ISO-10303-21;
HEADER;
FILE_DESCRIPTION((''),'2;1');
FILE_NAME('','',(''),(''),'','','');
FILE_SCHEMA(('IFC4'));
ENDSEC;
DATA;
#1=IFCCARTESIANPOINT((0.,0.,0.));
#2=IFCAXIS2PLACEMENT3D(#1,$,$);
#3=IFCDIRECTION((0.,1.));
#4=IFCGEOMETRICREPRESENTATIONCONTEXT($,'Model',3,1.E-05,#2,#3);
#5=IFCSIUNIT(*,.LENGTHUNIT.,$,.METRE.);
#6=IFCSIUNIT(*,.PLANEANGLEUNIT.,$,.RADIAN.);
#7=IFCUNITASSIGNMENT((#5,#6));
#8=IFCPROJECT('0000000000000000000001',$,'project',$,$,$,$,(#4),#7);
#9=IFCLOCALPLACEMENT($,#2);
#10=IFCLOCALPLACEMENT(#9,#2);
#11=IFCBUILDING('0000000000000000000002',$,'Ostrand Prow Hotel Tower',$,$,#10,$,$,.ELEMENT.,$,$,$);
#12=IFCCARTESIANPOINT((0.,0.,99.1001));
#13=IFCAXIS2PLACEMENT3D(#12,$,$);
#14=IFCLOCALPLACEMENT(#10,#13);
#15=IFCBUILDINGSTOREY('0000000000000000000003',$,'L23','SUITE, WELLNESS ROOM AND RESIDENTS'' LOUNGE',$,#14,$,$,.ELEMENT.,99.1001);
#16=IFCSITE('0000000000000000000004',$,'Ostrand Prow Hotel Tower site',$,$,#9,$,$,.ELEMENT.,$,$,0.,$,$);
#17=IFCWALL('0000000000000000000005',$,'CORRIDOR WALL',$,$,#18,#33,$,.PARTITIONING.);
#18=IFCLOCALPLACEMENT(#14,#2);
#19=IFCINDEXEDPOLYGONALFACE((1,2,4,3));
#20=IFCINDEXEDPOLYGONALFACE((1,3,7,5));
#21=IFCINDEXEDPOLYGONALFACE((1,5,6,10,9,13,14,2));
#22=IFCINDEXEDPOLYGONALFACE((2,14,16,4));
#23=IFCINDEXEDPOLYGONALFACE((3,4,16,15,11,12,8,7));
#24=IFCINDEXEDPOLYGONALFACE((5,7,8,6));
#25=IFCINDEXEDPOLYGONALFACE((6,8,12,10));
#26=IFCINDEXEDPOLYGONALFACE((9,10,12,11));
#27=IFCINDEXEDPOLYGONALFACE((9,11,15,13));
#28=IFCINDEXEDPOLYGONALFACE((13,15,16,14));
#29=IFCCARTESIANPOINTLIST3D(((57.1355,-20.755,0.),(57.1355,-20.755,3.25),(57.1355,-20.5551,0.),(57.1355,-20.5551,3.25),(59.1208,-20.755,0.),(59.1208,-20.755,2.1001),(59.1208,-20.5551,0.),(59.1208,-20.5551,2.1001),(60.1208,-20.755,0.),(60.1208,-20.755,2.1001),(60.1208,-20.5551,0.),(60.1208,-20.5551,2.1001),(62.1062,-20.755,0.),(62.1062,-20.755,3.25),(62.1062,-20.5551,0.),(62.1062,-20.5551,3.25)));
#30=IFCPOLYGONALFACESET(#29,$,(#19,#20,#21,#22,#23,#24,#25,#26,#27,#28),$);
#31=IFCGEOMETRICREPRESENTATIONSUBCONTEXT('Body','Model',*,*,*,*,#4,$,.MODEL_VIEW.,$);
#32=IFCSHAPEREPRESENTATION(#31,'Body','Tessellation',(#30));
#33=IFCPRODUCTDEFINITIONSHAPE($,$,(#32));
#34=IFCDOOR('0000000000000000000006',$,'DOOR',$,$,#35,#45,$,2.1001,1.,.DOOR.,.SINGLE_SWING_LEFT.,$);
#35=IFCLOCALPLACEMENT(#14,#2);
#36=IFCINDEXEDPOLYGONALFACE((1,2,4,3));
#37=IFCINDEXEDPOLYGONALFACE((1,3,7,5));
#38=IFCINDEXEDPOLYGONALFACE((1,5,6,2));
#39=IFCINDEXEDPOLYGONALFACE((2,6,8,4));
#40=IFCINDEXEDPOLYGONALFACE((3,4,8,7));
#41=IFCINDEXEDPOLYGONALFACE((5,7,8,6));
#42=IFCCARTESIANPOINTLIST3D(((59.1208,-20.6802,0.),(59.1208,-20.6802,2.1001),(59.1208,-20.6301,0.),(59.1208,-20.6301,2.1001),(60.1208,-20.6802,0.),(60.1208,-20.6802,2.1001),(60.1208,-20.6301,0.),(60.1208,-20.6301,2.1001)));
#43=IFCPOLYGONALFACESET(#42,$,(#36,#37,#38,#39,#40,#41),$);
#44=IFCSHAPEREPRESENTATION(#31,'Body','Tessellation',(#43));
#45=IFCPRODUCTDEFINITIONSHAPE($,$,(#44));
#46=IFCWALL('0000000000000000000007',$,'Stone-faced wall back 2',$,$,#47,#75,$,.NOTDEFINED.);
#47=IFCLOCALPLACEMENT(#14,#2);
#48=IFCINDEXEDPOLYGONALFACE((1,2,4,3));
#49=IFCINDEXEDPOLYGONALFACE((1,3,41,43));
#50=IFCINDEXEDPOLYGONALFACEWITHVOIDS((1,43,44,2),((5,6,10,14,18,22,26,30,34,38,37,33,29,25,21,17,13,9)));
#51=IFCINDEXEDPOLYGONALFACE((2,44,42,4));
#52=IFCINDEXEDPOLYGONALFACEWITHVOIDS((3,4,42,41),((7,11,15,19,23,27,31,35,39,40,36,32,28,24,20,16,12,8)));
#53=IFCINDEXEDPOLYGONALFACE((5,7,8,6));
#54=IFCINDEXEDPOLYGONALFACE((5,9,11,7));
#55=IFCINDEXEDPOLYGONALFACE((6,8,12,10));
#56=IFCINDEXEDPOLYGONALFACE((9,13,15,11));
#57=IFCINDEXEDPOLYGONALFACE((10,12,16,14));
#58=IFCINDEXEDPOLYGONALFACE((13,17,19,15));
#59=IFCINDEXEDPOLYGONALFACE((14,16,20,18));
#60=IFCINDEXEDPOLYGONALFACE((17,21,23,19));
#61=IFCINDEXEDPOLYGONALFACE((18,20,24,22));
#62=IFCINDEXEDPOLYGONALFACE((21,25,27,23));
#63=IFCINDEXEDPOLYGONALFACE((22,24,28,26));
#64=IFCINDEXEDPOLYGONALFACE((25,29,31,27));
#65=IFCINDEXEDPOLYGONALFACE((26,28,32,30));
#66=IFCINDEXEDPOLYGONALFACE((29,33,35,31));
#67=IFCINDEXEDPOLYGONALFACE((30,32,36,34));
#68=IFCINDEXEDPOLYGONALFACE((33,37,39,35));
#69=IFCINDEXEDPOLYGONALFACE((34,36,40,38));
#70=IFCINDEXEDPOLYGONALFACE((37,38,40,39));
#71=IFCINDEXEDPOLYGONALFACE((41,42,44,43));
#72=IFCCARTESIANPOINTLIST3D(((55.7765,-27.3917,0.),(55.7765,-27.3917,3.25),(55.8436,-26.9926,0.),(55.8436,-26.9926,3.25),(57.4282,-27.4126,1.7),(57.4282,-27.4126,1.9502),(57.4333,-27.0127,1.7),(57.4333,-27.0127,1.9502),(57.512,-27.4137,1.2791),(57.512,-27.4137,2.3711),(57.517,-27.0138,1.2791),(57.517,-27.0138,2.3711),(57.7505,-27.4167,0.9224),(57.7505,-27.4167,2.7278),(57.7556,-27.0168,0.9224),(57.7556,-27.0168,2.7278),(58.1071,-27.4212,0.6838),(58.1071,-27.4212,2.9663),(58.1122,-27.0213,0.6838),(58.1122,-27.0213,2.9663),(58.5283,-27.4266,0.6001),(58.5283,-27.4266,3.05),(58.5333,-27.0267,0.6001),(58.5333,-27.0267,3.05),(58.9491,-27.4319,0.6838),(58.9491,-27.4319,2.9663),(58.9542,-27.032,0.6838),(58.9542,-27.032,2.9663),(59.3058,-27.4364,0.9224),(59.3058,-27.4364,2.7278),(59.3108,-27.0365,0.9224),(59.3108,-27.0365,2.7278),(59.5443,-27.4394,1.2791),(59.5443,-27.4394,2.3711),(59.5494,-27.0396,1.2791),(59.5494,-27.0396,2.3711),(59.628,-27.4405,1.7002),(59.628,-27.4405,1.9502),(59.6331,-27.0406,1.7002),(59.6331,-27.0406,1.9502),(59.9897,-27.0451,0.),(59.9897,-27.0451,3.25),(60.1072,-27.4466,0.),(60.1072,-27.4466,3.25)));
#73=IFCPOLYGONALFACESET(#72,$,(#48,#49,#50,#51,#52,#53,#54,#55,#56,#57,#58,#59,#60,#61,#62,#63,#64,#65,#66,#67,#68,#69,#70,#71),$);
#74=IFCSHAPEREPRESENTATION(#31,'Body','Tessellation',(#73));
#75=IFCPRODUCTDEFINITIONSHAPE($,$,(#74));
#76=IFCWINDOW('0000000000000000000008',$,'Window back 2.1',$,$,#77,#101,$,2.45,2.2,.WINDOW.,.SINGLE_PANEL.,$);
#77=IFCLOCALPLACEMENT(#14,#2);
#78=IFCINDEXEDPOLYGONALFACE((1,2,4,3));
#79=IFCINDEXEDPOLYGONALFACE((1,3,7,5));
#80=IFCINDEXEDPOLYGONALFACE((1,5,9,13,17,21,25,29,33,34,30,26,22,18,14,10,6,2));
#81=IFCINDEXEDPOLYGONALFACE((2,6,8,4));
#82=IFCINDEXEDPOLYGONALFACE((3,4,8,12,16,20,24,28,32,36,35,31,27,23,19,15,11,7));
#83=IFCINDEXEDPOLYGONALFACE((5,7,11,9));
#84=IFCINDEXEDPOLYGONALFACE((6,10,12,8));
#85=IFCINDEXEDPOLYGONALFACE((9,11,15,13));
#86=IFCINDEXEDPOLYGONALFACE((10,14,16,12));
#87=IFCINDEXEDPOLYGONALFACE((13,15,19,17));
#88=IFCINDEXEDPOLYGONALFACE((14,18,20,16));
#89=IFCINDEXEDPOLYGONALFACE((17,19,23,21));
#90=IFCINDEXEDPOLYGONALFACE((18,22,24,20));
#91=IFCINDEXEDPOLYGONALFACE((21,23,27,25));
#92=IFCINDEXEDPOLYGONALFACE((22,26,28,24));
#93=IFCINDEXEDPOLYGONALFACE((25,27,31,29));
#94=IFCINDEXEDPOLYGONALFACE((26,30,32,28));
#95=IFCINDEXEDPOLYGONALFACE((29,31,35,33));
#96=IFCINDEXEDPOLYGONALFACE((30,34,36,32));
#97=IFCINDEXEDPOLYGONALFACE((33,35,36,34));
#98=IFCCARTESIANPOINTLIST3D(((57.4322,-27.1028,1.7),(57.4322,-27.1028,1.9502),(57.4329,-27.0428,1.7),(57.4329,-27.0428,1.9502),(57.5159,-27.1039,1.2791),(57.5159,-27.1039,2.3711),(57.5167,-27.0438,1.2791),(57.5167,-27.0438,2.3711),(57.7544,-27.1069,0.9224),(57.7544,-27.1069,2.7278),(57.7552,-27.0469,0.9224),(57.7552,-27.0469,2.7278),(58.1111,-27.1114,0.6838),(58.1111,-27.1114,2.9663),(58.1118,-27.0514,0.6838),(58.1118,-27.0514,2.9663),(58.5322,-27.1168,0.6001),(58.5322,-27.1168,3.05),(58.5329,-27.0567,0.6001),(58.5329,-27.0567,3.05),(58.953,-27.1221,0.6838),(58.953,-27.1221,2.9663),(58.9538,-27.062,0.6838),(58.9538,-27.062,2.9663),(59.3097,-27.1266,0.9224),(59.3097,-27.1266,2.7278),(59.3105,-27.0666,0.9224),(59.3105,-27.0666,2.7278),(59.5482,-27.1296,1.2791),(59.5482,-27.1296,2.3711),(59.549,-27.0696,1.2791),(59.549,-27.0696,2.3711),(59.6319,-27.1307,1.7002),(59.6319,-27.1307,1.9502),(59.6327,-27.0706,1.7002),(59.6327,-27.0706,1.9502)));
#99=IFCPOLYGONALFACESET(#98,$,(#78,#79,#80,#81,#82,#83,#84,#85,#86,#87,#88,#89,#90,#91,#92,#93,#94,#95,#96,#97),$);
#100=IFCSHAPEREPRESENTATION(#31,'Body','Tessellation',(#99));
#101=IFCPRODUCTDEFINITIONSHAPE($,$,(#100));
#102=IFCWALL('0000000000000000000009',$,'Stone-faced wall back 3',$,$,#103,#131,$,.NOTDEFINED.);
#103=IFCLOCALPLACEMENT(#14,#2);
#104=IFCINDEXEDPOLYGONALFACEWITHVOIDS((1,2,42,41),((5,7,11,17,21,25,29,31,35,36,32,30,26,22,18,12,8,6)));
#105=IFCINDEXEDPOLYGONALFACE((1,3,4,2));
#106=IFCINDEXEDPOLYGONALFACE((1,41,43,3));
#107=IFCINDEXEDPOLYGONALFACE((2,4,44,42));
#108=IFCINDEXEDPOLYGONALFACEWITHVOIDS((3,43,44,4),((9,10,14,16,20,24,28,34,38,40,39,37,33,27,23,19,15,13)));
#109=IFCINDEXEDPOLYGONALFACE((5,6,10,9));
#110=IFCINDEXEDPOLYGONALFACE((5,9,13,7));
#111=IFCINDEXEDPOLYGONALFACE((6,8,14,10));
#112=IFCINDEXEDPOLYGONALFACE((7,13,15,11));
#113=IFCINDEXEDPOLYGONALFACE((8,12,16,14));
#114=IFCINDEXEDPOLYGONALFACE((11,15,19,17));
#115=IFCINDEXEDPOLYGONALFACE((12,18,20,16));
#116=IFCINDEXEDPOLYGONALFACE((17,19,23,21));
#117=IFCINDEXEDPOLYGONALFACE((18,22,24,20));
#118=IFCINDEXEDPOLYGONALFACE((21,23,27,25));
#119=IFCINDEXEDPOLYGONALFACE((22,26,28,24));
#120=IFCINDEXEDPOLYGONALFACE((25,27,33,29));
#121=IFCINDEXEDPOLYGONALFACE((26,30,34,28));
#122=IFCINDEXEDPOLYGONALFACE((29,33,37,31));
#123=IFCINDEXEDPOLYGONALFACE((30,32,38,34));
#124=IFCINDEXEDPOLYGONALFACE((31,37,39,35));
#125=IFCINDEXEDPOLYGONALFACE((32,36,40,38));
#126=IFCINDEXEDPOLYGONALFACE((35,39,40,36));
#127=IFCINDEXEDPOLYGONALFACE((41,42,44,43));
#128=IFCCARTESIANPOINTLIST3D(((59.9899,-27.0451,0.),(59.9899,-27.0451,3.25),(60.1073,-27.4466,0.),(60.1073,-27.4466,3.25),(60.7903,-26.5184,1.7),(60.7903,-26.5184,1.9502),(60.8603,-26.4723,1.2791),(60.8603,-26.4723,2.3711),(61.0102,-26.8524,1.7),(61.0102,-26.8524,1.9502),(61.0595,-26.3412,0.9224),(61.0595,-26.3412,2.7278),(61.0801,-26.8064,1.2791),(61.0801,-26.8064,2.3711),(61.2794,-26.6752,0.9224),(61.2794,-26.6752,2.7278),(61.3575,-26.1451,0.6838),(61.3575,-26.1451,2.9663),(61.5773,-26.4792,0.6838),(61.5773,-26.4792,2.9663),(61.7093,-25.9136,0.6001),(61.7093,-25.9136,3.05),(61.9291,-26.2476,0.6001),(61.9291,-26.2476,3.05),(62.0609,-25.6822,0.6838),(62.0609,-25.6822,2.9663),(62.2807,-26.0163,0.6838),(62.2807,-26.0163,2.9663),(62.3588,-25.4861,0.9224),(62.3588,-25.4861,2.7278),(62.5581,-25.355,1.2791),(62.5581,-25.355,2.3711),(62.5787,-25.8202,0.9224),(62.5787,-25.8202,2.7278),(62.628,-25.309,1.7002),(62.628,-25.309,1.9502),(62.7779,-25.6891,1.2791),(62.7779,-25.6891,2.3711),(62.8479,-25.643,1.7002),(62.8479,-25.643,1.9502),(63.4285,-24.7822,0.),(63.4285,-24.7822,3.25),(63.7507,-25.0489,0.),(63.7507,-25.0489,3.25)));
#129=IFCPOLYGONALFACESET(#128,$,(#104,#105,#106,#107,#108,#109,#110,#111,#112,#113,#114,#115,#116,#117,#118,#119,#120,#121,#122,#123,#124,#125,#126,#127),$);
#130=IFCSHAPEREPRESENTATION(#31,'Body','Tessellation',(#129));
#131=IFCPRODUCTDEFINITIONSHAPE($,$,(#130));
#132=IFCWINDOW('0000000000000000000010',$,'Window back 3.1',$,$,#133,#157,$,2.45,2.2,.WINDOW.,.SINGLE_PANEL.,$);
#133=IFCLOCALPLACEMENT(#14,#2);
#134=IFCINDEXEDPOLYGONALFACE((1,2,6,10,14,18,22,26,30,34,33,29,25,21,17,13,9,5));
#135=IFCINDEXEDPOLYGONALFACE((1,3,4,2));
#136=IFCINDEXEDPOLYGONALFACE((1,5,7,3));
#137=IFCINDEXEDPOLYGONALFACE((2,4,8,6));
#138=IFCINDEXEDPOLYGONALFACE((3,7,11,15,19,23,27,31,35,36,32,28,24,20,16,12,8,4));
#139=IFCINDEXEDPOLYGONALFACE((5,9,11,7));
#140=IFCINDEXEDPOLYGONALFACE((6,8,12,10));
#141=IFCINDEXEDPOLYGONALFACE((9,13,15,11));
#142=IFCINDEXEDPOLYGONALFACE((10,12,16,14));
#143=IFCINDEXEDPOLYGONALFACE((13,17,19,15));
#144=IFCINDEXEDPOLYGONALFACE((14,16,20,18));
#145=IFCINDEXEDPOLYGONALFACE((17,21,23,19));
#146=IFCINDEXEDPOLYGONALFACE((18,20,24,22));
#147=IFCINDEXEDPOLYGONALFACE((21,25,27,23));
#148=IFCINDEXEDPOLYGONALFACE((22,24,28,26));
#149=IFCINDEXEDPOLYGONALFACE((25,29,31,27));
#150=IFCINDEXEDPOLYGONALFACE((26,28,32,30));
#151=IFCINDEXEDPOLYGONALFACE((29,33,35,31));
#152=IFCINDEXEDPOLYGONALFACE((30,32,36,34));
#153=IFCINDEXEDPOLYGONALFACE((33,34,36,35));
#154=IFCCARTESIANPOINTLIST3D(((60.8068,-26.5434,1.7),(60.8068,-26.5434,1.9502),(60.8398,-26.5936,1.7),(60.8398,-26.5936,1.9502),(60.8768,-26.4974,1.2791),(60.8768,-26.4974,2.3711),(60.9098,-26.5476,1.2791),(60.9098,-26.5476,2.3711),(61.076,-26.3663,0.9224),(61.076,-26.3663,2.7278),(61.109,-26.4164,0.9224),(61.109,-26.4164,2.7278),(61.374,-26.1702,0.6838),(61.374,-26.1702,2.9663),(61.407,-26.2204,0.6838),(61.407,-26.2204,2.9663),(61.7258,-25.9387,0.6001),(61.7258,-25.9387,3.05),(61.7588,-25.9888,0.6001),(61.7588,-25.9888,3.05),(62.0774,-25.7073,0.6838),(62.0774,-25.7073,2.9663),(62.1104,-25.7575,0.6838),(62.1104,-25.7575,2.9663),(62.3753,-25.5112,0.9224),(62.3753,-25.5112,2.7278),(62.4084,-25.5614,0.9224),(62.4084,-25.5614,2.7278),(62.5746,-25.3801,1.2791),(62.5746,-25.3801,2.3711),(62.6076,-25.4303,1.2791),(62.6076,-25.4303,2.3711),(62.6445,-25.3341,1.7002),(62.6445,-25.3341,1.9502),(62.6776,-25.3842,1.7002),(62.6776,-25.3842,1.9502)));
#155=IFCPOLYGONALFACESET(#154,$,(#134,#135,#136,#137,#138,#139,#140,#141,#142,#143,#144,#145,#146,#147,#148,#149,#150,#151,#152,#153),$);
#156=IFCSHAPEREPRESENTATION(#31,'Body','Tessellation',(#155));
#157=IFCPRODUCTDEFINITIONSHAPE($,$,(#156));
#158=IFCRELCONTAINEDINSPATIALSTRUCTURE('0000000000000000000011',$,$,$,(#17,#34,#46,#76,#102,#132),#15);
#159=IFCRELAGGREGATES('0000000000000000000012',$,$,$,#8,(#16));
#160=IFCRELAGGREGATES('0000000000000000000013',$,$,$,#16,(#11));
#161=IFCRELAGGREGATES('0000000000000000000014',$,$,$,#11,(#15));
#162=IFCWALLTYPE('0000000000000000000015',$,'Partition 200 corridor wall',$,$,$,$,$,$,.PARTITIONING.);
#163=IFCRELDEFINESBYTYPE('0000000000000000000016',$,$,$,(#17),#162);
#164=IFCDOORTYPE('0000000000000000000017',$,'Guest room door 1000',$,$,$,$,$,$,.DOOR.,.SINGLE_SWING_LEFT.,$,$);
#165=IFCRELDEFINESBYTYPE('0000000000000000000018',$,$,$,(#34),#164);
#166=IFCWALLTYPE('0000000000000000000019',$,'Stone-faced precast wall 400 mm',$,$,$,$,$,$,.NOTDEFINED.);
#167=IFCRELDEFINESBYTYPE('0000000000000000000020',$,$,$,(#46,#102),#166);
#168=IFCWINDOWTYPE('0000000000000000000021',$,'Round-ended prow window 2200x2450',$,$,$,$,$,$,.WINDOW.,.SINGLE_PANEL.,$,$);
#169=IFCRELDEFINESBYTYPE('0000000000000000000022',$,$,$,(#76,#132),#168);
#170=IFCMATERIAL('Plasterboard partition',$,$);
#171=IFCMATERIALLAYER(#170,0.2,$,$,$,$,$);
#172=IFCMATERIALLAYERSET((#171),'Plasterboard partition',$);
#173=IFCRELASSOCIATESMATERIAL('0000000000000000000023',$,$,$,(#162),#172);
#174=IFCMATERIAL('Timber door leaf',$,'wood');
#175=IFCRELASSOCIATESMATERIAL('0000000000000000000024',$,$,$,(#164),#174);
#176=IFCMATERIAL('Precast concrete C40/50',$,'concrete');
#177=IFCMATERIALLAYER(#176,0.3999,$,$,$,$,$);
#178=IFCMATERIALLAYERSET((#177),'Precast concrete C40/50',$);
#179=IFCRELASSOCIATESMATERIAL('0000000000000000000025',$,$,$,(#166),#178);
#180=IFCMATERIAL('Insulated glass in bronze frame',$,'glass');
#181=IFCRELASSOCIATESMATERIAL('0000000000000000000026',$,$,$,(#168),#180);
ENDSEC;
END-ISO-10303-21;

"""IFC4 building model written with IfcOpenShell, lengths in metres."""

from ifc_helpers import new_model, si_unit, direction, frame, frame_2d, origin, place, context, subcontext, project, spatial, polyline, rectangle, outline, extrude, material, layer, layer_set, type_object, element, fill, save


model = new_model("IFC4")

# Units and contexts
model_context = context("Model", 3, precision=1e-05, world=origin(), true_north=direction((0.0, 1.0)))
body_context = subcontext(model_context, "Body", "Model", "MODEL_VIEW")
ifc_project = project(units=[si_unit("LENGTHUNIT", "METRE"), si_unit("PLANEANGLEUNIT", "RADIAN")], contexts=[model_context])

# Site, building, storey
site_placement = place(None, origin())
site = spatial("IfcSite", under=ifc_project, at=site_placement, Name="Ostrand Prow Hotel Tower site", CompositionType="ELEMENT", RefElevation=0.0)
building_placement = place(site_placement, origin())
building = spatial("IfcBuilding", under=site, at=building_placement, Name="Ostrand Prow Hotel Tower", CompositionType="ELEMENT")
storey_placement = place(building_placement, frame((0.0, 0.0, 99.1001)))
storey = spatial("IfcBuildingStorey", under=building, at=storey_placement, Name="L23", Description="SUITE, WELLNESS ROOM AND RESIDENTS' LOUNGE", CompositionType="ELEMENT", Elevation=99.1001)

# Wall, opening, door
ifc_material_1 = material(Name="Plasterboard partition")
ifc_layer_1 = layer(ifc_material_1, 0.2)
ifc_layer_set_1 = layer_set([ifc_layer_1], Name="Plasterboard partition")
wall_type_1 = type_object("IfcWallType", Name="Partition 200 corridor wall", PredefinedType="PARTITIONING", material=ifc_layer_set_1)
wall_1_placement = place(storey_placement, frame((57.1355, -20.655, 0.0), z_axis=(0.0, 0.0, 1.0), x_axis=(1.0, 0.0, 0.0)))
wall_1 = element("IfcWall", 1, at=wall_1_placement, inside=storey, type_object=wall_type_1, Name="CORRIDOR WALL", PredefinedType="PARTITIONING", context=body_context, shape_type="SweptSolid", body=[
    extrude(rectangle(XDim=4.9707, YDim=0.2, at=frame_2d((2.4854, 0.0))), origin(), (0.0, 0.0, 1.0), 3.25),
])
opening_1_placement = place(wall_1_placement, frame((1.9854, 0.0, 0.0)))
opening_1 = element("IfcOpeningElement", 2, at=opening_1_placement, cuts=wall_1, PredefinedType="OPENING", context=body_context, shape_type="SweptSolid", body=[
    extrude(rectangle(XDim=1.0, YDim=2.1001, at=frame_2d((0.5, 1.05))), frame((0.0, 0.1099, 0.0), z_axis=(0.0, -1.0, 0.0), x_axis=(1.0, 0.0, 0.0)), (0.0, 0.0, 1.0), 0.22),
])
ifc_material_2 = material(Name="Timber door leaf", Category="wood")
door_type_1 = type_object("IfcDoorType", Name="Guest room door 1000", OperationType="SINGLE_SWING_LEFT", PredefinedType="DOOR", material=ifc_material_2)
door_1_placement = place(opening_1_placement, origin())
door_1 = element("IfcDoor", 3, at=door_1_placement, inside=storey, type_object=door_type_1, Name="DOOR", OperationType="SINGLE_SWING_LEFT", OverallHeight=2.1001, OverallWidth=1.0, PredefinedType="DOOR", context=body_context, shape_type="SweptSolid", body=[
    extrude(rectangle(XDim=1.0, YDim=2.1001, at=frame_2d((0.5, 1.05))), frame((0.0, 0.0249, 0.0), z_axis=(0.0, -1.0, 0.0), x_axis=(1.0, 0.0, 0.0)), (0.0, 0.0, 1.0), 0.05),
])
fill(opening_1, door_1)

# Walls, openings, windows
ifc_material_3 = material(Name="Precast concrete C40/50", Category="concrete")
ifc_layer_2 = layer(ifc_material_3, 0.3999)
ifc_layer_set_2 = layer_set([ifc_layer_2], Name="Precast concrete C40/50")
wall_type_2 = type_object("IfcWallType", Name="Stone-faced precast wall 400 mm", PredefinedType="NOTDEFINED", material=ifc_layer_set_2)
wall_2_placement = place(storey_placement, frame((55.8101, -27.1921, 0.0), z_axis=(0.0, 0.0, 1.0), x_axis=(0.99992, -0.012671, 0.0)))
wall_2 = element("IfcWall", 4, at=wall_2_placement, inside=storey, type_object=wall_type_2, Name="Stone-faced wall back 2", PredefinedType="NOTDEFINED", context=body_context, shape_type="SweptSolid", body=[
    extrude(outline(polyline([(-0.031, -0.2), (4.3, -0.2), (4.1775, 0.2), (0.031, 0.2), (-0.031, -0.2)])), origin(), (0.0, 0.0, 1.0), 3.25),
])
opening_2_placement = place(wall_2_placement, frame((1.6208, 0.0, 0.6001)))
opening_2 = element("IfcOpeningElement", 5, at=opening_2_placement, cuts=wall_2, PredefinedType="OPENING", context=body_context, shape_type="SweptSolid", body=[
    extrude(outline(polyline([(0.0, 1.3501), (0.0837, 1.771), (0.3223, 2.1277), (0.679, 2.3662), (1.1001, 2.45), (1.521, 2.3662), (1.8777, 2.1277), (2.1162, 1.771), (2.2, 1.3501), (2.2, 1.1001), (2.1162, 0.679), (1.8777, 0.3223), (1.521, 0.0837), (1.1001, 0.0), (0.679, 0.0837), (0.3223, 0.3223), (0.0837, 0.679), (0.0, 1.0999), (0.0, 1.3501)])), frame((0.0, 0.21, 0.0), z_axis=(0.0, -1.0, 0.0), x_axis=(1.0, 0.0, 0.0)), (0.0, 0.0, 1.0), 0.4199),
])
ifc_material_4 = material(Name="Insulated glass in bronze frame", Category="glass")
window_type_1 = type_object("IfcWindowType", Name="Round-ended prow window 2200x2450", PartitioningType="SINGLE_PANEL", PredefinedType="WINDOW", material=ifc_material_4)
window_1_placement = place(opening_2_placement, origin())
window_1 = element("IfcWindow", 6, at=window_1_placement, inside=storey, type_object=window_type_1, Name="Window back 2.1", OverallHeight=2.45, OverallWidth=2.2, PartitioningType="SINGLE_PANEL", PredefinedType="WINDOW", context=body_context, shape_type="SweptSolid", body=[
    extrude(outline(polyline([(0.0, 1.3501), (0.0837, 1.771), (0.3223, 2.1277), (0.679, 2.3662), (1.1001, 2.45), (1.521, 2.3662), (1.8777, 2.1277), (2.1162, 1.771), (2.2, 1.3501), (2.2, 1.1001), (2.1162, 0.679), (1.8777, 0.3223), (1.521, 0.0837), (1.1001, 0.0), (0.679, 0.0837), (0.3223, 0.3223), (0.0837, 0.679), (0.0, 1.0999), (0.0, 1.3501)])), frame((0.0, 0.1699, 0.0), z_axis=(0.0, -1.0, 0.0), x_axis=(1.0, 0.0, 0.0)), (0.0, 0.0, 1.0), 0.0601),
])
fill(opening_2, window_1)
wall_3_placement = place(storey_placement, frame((60.0486, -27.2458, 0.0), z_axis=(0.0, 0.0, 1.0), x_axis=(0.835341, 0.549733, 0.0)))
wall_3 = element("IfcWall", 7, at=wall_3_placement, inside=storey, type_object=wall_type_2, Name="Stone-faced wall back 3", PredefinedType="NOTDEFINED", context=body_context, shape_type="SweptSolid", body=[
    extrude(outline(polyline([(-0.0613, -0.2), (4.3003, -0.2), (4.1777, 0.2), (0.0613, 0.2), (-0.0613, -0.2)])), origin(), (0.0, 0.0, 1.0), 3.25),
])
opening_3_placement = place(wall_3_placement, frame((1.0195, 0.0, 0.6001)))
opening_3 = element("IfcOpeningElement", 8, at=opening_3_placement, cuts=wall_3, PredefinedType="OPENING", context=body_context, shape_type="SweptSolid", body=[
    extrude(outline(polyline([(0.0, 1.3501), (0.0837, 1.771), (0.3223, 2.1277), (0.679, 2.3662), (1.1001, 2.45), (1.521, 2.3662), (1.8777, 2.1277), (2.1162, 1.771), (2.2, 1.3501), (2.2, 1.1001), (2.1162, 0.679), (1.8777, 0.3223), (1.521, 0.0837), (1.1001, 0.0), (0.679, 0.0837), (0.3223, 0.3223), (0.0837, 0.679), (0.0, 1.0999), (0.0, 1.3501)])), frame((0.0, 0.21, 0.0), z_axis=(0.0, -1.0, 0.0), x_axis=(1.0, 0.0, 0.0)), (0.0, 0.0, 1.0), 0.4199),
])
window_2_placement = place(opening_3_placement, origin())
window_2 = element("IfcWindow", 9, at=window_2_placement, inside=storey, type_object=window_type_1, Name="Window back 3.1", OverallHeight=2.45, OverallWidth=2.2, PartitioningType="SINGLE_PANEL", PredefinedType="WINDOW", context=body_context, shape_type="SweptSolid", body=[
    extrude(outline(polyline([(0.0, 1.3501), (0.0837, 1.771), (0.3223, 2.1277), (0.679, 2.3662), (1.1001, 2.45), (1.521, 2.3662), (1.8777, 2.1277), (2.1162, 1.771), (2.2, 1.3501), (2.2, 1.1001), (2.1162, 0.679), (1.8777, 0.3223), (1.521, 0.0837), (1.1001, 0.0), (0.679, 0.0837), (0.3223, 0.3223), (0.0837, 0.679), (0.0, 1.0999), (0.0, 1.3501)])), frame((0.0, 0.1699, 0.0), z_axis=(0.0, -1.0, 0.0), x_axis=(1.0, 0.0, 0.0)), (0.0, 0.0, 1.0), 0.0601),
])
fill(opening_3, window_2)

save(model, "model.ifc")
